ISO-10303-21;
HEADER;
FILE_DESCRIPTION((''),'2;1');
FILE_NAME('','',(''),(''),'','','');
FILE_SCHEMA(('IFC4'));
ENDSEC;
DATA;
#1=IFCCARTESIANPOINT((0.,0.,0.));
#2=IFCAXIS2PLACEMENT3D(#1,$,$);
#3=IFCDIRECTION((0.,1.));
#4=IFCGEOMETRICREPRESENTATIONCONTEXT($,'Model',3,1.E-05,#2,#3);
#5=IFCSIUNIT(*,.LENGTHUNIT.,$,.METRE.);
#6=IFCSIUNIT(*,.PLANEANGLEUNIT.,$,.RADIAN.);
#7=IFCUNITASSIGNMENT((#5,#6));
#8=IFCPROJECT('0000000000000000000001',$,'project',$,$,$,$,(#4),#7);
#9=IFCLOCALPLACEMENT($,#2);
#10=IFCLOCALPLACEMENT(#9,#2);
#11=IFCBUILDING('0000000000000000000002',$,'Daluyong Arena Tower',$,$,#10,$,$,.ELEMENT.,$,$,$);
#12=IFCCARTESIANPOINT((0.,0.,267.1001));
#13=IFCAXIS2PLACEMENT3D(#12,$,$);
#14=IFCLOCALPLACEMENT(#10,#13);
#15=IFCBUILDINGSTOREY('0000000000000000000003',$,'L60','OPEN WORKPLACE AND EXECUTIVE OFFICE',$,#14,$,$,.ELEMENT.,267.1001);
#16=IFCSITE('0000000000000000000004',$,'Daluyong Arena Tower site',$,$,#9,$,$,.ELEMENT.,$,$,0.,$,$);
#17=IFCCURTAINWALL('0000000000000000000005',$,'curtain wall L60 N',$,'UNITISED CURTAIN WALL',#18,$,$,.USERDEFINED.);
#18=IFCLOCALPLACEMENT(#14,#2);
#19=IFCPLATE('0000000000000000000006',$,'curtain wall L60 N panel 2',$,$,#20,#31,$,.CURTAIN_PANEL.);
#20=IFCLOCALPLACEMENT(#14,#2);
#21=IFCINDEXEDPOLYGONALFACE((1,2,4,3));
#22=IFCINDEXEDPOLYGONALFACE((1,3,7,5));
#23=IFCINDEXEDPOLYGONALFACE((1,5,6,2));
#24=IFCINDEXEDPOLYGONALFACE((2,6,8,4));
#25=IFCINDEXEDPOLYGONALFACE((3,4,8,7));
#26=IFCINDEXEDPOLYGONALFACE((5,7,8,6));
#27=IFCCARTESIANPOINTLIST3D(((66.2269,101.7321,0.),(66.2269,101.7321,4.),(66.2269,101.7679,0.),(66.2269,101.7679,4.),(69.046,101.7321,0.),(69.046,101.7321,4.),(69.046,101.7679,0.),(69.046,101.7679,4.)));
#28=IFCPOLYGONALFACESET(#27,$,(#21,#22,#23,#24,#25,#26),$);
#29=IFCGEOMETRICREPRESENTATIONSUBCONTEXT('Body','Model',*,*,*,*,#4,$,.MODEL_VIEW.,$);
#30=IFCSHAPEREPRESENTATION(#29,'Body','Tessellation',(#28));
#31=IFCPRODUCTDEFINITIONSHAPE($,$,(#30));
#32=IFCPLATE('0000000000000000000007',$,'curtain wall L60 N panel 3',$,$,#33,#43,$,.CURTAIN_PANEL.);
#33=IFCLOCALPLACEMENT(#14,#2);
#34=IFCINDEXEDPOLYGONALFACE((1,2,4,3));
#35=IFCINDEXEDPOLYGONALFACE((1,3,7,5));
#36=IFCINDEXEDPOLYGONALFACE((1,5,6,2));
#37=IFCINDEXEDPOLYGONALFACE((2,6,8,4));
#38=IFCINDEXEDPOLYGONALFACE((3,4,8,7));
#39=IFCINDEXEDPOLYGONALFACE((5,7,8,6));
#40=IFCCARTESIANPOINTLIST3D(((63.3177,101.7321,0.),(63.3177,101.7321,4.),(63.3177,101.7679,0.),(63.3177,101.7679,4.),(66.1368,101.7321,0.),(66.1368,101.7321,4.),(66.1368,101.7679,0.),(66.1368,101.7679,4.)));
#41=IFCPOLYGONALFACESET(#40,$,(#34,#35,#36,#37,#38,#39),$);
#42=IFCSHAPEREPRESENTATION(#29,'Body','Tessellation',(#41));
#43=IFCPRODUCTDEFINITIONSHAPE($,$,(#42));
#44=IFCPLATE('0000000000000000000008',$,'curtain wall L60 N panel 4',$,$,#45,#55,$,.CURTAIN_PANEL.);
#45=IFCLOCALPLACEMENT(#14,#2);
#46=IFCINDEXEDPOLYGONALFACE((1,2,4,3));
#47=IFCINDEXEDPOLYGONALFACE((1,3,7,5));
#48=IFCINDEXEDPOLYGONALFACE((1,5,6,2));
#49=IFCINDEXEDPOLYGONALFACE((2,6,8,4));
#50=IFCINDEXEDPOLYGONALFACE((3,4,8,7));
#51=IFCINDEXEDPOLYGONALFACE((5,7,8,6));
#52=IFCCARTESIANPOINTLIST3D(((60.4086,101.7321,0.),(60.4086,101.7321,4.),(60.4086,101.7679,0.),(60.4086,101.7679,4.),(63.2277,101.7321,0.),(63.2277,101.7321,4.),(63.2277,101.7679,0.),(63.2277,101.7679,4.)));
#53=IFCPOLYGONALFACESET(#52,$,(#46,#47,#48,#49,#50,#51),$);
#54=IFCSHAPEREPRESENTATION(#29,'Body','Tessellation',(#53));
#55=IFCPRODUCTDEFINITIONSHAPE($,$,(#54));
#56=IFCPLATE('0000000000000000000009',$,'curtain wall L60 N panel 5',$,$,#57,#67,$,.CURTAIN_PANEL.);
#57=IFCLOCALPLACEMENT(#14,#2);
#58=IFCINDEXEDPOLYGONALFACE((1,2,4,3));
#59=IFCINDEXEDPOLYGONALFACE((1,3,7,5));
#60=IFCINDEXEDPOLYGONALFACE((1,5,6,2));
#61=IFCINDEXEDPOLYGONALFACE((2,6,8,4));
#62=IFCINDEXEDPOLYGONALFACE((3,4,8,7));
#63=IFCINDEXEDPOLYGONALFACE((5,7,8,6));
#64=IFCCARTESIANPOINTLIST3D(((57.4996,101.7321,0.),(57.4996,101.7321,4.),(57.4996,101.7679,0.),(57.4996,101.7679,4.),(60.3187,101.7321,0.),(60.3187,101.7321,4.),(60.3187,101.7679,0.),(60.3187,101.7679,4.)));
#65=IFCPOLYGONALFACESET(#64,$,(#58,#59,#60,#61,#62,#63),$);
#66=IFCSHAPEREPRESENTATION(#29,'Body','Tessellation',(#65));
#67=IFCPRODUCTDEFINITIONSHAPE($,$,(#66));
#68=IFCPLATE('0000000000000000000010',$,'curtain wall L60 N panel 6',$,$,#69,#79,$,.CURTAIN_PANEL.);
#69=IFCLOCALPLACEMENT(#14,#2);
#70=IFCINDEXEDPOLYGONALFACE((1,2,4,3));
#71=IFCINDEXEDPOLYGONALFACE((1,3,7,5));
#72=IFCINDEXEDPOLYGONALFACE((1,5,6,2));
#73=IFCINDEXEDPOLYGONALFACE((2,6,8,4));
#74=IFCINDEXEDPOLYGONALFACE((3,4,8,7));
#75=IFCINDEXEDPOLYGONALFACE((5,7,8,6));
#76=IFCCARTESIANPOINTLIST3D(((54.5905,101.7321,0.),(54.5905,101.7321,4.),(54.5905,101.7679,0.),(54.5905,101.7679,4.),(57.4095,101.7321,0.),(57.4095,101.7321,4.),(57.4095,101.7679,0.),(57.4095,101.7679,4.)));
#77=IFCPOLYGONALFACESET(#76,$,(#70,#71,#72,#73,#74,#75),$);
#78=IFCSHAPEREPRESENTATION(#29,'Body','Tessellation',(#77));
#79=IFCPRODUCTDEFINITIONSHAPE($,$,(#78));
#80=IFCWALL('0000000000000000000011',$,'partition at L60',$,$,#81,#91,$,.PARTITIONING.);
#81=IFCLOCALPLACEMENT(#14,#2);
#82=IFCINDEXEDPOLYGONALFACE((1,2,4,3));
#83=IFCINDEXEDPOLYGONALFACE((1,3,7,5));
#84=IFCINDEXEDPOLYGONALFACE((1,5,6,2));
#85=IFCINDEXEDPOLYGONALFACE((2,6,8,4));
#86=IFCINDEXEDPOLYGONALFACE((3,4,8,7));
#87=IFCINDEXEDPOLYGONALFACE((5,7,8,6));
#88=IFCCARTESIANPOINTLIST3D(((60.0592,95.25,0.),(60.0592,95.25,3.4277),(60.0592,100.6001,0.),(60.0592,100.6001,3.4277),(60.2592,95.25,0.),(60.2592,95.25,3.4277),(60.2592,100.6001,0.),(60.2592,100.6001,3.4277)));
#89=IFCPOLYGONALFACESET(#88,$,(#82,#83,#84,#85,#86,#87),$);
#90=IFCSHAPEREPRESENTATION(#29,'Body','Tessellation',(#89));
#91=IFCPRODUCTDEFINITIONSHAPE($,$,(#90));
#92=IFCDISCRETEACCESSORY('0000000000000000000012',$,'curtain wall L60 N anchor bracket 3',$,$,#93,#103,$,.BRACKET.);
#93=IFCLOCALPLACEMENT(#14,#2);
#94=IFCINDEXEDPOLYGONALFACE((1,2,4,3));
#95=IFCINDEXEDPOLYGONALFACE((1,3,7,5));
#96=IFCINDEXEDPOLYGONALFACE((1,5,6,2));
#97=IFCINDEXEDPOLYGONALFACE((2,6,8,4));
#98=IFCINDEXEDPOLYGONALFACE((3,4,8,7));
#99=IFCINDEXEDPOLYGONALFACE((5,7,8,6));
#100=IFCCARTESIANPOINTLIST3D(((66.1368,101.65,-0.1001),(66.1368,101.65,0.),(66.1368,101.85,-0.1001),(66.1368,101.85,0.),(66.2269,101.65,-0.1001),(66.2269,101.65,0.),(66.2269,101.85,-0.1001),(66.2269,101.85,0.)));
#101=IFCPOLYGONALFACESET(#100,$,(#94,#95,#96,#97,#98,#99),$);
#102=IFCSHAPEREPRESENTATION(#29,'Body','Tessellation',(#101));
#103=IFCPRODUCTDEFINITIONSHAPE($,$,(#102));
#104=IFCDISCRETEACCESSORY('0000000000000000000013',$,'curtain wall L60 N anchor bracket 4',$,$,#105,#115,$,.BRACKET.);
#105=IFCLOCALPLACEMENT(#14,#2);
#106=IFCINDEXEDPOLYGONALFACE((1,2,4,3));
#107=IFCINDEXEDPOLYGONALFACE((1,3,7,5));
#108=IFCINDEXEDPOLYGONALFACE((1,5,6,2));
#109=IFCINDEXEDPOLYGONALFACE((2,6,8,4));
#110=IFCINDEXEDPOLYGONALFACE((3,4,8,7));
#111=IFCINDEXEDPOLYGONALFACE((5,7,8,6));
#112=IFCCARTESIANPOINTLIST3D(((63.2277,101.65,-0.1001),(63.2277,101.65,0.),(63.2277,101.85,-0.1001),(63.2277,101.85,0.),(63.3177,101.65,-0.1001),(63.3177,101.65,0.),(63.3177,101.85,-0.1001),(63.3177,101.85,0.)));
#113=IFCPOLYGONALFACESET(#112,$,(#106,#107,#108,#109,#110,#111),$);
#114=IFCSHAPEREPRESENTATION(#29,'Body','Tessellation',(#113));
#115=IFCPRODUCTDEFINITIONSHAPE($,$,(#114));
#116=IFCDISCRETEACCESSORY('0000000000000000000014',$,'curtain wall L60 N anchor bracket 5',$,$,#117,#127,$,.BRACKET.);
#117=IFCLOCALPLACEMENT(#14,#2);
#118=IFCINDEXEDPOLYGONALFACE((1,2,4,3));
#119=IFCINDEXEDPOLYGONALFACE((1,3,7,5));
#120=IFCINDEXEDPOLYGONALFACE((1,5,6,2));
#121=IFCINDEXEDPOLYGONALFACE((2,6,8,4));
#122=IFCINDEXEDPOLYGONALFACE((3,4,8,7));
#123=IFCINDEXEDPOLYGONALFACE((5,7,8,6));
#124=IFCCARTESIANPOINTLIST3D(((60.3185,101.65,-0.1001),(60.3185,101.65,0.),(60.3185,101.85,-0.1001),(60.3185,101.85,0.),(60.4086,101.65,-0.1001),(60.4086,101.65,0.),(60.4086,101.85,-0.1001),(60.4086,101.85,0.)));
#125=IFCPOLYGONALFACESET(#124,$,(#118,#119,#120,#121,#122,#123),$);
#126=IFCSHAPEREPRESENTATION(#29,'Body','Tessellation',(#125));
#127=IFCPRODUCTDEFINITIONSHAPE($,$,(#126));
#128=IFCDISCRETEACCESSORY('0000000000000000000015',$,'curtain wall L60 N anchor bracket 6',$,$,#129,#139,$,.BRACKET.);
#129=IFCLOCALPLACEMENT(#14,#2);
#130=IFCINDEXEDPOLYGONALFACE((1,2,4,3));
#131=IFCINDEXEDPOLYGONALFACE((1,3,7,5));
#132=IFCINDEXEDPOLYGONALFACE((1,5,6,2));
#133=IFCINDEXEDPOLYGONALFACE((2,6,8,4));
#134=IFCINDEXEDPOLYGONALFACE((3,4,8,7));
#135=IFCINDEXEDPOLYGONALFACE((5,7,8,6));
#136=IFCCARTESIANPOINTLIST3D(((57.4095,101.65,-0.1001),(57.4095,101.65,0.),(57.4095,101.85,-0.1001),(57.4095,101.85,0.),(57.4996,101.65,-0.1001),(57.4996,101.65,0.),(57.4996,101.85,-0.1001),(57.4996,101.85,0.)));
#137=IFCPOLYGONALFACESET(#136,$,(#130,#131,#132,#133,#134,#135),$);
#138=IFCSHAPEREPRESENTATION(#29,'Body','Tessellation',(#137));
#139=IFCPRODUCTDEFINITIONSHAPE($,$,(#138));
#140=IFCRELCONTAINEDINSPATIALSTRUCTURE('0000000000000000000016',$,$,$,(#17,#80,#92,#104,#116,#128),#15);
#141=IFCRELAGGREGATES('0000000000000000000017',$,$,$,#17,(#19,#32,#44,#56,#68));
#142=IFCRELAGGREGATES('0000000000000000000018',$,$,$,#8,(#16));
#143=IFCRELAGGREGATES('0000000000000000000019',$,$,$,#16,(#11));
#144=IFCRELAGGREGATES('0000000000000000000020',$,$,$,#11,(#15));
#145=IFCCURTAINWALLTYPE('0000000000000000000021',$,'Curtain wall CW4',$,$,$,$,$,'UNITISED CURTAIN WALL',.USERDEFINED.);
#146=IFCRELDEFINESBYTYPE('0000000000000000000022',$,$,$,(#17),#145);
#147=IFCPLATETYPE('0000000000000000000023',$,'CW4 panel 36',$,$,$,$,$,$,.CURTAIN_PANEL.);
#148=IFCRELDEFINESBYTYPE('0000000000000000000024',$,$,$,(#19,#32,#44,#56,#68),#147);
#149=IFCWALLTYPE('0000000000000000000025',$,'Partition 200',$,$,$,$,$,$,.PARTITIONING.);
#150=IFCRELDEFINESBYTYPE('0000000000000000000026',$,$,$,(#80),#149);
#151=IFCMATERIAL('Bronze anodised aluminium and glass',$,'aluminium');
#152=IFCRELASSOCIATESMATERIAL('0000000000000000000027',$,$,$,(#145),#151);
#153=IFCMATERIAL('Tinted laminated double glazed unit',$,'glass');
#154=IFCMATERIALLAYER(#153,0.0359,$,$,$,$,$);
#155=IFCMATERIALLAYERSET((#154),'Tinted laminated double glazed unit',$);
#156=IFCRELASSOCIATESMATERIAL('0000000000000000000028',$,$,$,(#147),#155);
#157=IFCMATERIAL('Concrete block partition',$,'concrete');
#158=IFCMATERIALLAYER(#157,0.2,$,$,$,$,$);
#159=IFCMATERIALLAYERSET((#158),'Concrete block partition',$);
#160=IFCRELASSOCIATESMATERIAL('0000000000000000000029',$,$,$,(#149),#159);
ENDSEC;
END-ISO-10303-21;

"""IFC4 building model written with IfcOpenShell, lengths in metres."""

from ifc_helpers import new_model, si_unit, direction, frame, frame_2d, origin, origin_2d, place, context, subcontext, project, spatial, rectangle, extrude, material, layer, layer_set, type_object, element, aggregate, save


model = new_model("IFC4")

# Units and contexts
model_context = context("Model", 3, precision=1e-05, world=origin(), true_north=direction((0.0, 1.0)))
body_context = subcontext(model_context, "Body", "Model", "MODEL_VIEW")
ifc_project = project(units=[si_unit("LENGTHUNIT", "METRE"), si_unit("PLANEANGLEUNIT", "RADIAN")], contexts=[model_context])

# Site, building, storey
site_placement = place(None, origin())
site = spatial("IfcSite", under=ifc_project, at=site_placement, Name="Daluyong Arena Tower site", CompositionType="ELEMENT", RefElevation=0.0)
building_placement = place(site_placement, origin())
building = spatial("IfcBuilding", under=site, at=building_placement, Name="Daluyong Arena Tower", CompositionType="ELEMENT")
storey_placement = place(building_placement, frame((0.0, 0.0, 267.1001)))
storey = spatial("IfcBuildingStorey", under=building, at=storey_placement, Name="L60", Description="OPEN WORKPLACE AND EXECUTIVE OFFICE", CompositionType="ELEMENT", Elevation=267.1001)

# Curtain wall
ifc_material_1 = material(Name="Bronze anodised aluminium and glass", Category="aluminium")
curtain_wall_type = type_object("IfcCurtainWallType", Name="Curtain wall CW4", ElementType="UNITISED CURTAIN WALL", PredefinedType="USERDEFINED", material=ifc_material_1)
curtain_wall_placement = place(storey_placement, origin())
curtain_wall = element("IfcCurtainWall", 1, at=curtain_wall_placement, inside=storey, type_object=curtain_wall_type, Name="curtain wall L60 N", ObjectType="UNITISED CURTAIN WALL", PredefinedType="USERDEFINED")

# Plates
ifc_material_2 = material(Name="Tinted laminated double glazed unit", Category="glass")
ifc_layer_1 = layer(ifc_material_2, 0.0359)
ifc_layer_set_1 = layer_set([ifc_layer_1], Name="Tinted laminated double glazed unit")
plate_type = type_object("IfcPlateType", Name="CW4 panel 36", PredefinedType="CURTAIN_PANEL", material=ifc_layer_set_1)
plate_1_placement = place(storey_placement, frame((67.6365, 101.75, 0.0), z_axis=(0.0, 0.0, 1.0), x_axis=(-1.0, 0.0, 0.0)))
plate_1 = element("IfcPlate", 2, at=plate_1_placement, type_object=plate_type, Name="curtain wall L60 N panel 2", PredefinedType="CURTAIN_PANEL", context=body_context, shape_type="SweptSolid", body=[
    extrude(rectangle(XDim=2.8191, YDim=0.0359, at=origin_2d()), origin(), (0.0, 0.0, 1.0), 4.0),
])
plate_2_placement = place(storey_placement, frame((64.7273, 101.75, 0.0), z_axis=(0.0, 0.0, 1.0), x_axis=(-1.0, 0.0, 0.0)))
plate_2 = element("IfcPlate", 3, at=plate_2_placement, type_object=plate_type, Name="curtain wall L60 N panel 3", PredefinedType="CURTAIN_PANEL", context=body_context, shape_type="SweptSolid", body=[
    extrude(rectangle(XDim=2.8191, YDim=0.0359, at=origin_2d()), origin(), (0.0, 0.0, 1.0), 4.0),
])
plate_3_placement = place(storey_placement, frame((61.8181, 101.75, 0.0), z_axis=(0.0, 0.0, 1.0), x_axis=(-1.0, 0.0, 0.0)))
plate_3 = element("IfcPlate", 4, at=plate_3_placement, type_object=plate_type, Name="curtain wall L60 N panel 4", PredefinedType="CURTAIN_PANEL", context=body_context, shape_type="SweptSolid", body=[
    extrude(rectangle(XDim=2.8191, YDim=0.0359, at=origin_2d()), origin(), (0.0, 0.0, 1.0), 4.0),
])
plate_4_placement = place(storey_placement, frame((58.9092, 101.75, 0.0), z_axis=(0.0, 0.0, 1.0), x_axis=(-1.0, 0.0, 0.0)))
plate_4 = element("IfcPlate", 5, at=plate_4_placement, type_object=plate_type, Name="curtain wall L60 N panel 5", PredefinedType="CURTAIN_PANEL", context=body_context, shape_type="SweptSolid", body=[
    extrude(rectangle(XDim=2.8191, YDim=0.0359, at=origin_2d()), origin(), (0.0, 0.0, 1.0), 4.0),
])
plate_5_placement = place(storey_placement, frame((56.0, 101.75, 0.0), z_axis=(0.0, 0.0, 1.0), x_axis=(-1.0, 0.0, 0.0)))
plate_5 = element("IfcPlate", 6, at=plate_5_placement, type_object=plate_type, Name="curtain wall L60 N panel 6", PredefinedType="CURTAIN_PANEL", context=body_context, shape_type="SweptSolid", body=[
    extrude(rectangle(XDim=2.8191, YDim=0.0359, at=origin_2d()), origin(), (0.0, 0.0, 1.0), 4.0),
])
aggregate(curtain_wall, [plate_1, plate_2, plate_3, plate_4, plate_5])

# Wall
ifc_material_3 = material(Name="Concrete block partition", Category="concrete")
ifc_layer_2 = layer(ifc_material_3, 0.2)
ifc_layer_set_2 = layer_set([ifc_layer_2], Name="Concrete block partition")
wall_type = type_object("IfcWallType", Name="Partition 200", PredefinedType="PARTITIONING", material=ifc_layer_set_2)
wall_placement = place(storey_placement, frame((60.1592, 95.25, 0.0), z_axis=(0.0, 0.0, 1.0), x_axis=(0.0, 1.0, 0.0)))
element("IfcWall", 7, at=wall_placement, inside=storey, type_object=wall_type, Name="partition at L60", PredefinedType="PARTITIONING", context=body_context, shape_type="SweptSolid", body=[
    extrude(rectangle(XDim=5.3501, YDim=0.2, at=frame_2d((2.675, 0.0))), origin(), (0.0, 0.0, 1.0), 3.4277),
])

# Discrete accessories
for number, where, z_axis, x_axis, name in (
    (8, (66.1819, 101.75, -0.1001), (0.0, 0.0, 1.0), (-1.0, 0.0, 0.0), "curtain wall L60 N anchor bracket 3"),
    (9, (63.2727, 101.75, -0.1001), (0.0, 0.0, 1.0), (-1.0, 0.0, 0.0), "curtain wall L60 N anchor bracket 4"),
    (10, (60.3635, 101.75, -0.1001), (0.0, 0.0, 1.0), (-1.0, 0.0, 0.0), "curtain wall L60 N anchor bracket 5"),
    (11, (57.4546, 101.75, -0.1001), (0.0, 0.0, 1.0), (-1.0, 0.0, 0.0), "curtain wall L60 N anchor bracket 6"),
):
    element("IfcDiscreteAccessory", number, at=place(storey_placement, frame(where, z_axis=z_axis, x_axis=x_axis)), inside=storey, Name=name, PredefinedType="BRACKET", context=body_context, shape_type="SweptSolid", body=[
        extrude(rectangle(XDim=0.0901, YDim=0.2, at=origin_2d()), origin(), (0.0, 0.0, 1.0), 0.1001),
    ])

save(model, "model.ifc")
